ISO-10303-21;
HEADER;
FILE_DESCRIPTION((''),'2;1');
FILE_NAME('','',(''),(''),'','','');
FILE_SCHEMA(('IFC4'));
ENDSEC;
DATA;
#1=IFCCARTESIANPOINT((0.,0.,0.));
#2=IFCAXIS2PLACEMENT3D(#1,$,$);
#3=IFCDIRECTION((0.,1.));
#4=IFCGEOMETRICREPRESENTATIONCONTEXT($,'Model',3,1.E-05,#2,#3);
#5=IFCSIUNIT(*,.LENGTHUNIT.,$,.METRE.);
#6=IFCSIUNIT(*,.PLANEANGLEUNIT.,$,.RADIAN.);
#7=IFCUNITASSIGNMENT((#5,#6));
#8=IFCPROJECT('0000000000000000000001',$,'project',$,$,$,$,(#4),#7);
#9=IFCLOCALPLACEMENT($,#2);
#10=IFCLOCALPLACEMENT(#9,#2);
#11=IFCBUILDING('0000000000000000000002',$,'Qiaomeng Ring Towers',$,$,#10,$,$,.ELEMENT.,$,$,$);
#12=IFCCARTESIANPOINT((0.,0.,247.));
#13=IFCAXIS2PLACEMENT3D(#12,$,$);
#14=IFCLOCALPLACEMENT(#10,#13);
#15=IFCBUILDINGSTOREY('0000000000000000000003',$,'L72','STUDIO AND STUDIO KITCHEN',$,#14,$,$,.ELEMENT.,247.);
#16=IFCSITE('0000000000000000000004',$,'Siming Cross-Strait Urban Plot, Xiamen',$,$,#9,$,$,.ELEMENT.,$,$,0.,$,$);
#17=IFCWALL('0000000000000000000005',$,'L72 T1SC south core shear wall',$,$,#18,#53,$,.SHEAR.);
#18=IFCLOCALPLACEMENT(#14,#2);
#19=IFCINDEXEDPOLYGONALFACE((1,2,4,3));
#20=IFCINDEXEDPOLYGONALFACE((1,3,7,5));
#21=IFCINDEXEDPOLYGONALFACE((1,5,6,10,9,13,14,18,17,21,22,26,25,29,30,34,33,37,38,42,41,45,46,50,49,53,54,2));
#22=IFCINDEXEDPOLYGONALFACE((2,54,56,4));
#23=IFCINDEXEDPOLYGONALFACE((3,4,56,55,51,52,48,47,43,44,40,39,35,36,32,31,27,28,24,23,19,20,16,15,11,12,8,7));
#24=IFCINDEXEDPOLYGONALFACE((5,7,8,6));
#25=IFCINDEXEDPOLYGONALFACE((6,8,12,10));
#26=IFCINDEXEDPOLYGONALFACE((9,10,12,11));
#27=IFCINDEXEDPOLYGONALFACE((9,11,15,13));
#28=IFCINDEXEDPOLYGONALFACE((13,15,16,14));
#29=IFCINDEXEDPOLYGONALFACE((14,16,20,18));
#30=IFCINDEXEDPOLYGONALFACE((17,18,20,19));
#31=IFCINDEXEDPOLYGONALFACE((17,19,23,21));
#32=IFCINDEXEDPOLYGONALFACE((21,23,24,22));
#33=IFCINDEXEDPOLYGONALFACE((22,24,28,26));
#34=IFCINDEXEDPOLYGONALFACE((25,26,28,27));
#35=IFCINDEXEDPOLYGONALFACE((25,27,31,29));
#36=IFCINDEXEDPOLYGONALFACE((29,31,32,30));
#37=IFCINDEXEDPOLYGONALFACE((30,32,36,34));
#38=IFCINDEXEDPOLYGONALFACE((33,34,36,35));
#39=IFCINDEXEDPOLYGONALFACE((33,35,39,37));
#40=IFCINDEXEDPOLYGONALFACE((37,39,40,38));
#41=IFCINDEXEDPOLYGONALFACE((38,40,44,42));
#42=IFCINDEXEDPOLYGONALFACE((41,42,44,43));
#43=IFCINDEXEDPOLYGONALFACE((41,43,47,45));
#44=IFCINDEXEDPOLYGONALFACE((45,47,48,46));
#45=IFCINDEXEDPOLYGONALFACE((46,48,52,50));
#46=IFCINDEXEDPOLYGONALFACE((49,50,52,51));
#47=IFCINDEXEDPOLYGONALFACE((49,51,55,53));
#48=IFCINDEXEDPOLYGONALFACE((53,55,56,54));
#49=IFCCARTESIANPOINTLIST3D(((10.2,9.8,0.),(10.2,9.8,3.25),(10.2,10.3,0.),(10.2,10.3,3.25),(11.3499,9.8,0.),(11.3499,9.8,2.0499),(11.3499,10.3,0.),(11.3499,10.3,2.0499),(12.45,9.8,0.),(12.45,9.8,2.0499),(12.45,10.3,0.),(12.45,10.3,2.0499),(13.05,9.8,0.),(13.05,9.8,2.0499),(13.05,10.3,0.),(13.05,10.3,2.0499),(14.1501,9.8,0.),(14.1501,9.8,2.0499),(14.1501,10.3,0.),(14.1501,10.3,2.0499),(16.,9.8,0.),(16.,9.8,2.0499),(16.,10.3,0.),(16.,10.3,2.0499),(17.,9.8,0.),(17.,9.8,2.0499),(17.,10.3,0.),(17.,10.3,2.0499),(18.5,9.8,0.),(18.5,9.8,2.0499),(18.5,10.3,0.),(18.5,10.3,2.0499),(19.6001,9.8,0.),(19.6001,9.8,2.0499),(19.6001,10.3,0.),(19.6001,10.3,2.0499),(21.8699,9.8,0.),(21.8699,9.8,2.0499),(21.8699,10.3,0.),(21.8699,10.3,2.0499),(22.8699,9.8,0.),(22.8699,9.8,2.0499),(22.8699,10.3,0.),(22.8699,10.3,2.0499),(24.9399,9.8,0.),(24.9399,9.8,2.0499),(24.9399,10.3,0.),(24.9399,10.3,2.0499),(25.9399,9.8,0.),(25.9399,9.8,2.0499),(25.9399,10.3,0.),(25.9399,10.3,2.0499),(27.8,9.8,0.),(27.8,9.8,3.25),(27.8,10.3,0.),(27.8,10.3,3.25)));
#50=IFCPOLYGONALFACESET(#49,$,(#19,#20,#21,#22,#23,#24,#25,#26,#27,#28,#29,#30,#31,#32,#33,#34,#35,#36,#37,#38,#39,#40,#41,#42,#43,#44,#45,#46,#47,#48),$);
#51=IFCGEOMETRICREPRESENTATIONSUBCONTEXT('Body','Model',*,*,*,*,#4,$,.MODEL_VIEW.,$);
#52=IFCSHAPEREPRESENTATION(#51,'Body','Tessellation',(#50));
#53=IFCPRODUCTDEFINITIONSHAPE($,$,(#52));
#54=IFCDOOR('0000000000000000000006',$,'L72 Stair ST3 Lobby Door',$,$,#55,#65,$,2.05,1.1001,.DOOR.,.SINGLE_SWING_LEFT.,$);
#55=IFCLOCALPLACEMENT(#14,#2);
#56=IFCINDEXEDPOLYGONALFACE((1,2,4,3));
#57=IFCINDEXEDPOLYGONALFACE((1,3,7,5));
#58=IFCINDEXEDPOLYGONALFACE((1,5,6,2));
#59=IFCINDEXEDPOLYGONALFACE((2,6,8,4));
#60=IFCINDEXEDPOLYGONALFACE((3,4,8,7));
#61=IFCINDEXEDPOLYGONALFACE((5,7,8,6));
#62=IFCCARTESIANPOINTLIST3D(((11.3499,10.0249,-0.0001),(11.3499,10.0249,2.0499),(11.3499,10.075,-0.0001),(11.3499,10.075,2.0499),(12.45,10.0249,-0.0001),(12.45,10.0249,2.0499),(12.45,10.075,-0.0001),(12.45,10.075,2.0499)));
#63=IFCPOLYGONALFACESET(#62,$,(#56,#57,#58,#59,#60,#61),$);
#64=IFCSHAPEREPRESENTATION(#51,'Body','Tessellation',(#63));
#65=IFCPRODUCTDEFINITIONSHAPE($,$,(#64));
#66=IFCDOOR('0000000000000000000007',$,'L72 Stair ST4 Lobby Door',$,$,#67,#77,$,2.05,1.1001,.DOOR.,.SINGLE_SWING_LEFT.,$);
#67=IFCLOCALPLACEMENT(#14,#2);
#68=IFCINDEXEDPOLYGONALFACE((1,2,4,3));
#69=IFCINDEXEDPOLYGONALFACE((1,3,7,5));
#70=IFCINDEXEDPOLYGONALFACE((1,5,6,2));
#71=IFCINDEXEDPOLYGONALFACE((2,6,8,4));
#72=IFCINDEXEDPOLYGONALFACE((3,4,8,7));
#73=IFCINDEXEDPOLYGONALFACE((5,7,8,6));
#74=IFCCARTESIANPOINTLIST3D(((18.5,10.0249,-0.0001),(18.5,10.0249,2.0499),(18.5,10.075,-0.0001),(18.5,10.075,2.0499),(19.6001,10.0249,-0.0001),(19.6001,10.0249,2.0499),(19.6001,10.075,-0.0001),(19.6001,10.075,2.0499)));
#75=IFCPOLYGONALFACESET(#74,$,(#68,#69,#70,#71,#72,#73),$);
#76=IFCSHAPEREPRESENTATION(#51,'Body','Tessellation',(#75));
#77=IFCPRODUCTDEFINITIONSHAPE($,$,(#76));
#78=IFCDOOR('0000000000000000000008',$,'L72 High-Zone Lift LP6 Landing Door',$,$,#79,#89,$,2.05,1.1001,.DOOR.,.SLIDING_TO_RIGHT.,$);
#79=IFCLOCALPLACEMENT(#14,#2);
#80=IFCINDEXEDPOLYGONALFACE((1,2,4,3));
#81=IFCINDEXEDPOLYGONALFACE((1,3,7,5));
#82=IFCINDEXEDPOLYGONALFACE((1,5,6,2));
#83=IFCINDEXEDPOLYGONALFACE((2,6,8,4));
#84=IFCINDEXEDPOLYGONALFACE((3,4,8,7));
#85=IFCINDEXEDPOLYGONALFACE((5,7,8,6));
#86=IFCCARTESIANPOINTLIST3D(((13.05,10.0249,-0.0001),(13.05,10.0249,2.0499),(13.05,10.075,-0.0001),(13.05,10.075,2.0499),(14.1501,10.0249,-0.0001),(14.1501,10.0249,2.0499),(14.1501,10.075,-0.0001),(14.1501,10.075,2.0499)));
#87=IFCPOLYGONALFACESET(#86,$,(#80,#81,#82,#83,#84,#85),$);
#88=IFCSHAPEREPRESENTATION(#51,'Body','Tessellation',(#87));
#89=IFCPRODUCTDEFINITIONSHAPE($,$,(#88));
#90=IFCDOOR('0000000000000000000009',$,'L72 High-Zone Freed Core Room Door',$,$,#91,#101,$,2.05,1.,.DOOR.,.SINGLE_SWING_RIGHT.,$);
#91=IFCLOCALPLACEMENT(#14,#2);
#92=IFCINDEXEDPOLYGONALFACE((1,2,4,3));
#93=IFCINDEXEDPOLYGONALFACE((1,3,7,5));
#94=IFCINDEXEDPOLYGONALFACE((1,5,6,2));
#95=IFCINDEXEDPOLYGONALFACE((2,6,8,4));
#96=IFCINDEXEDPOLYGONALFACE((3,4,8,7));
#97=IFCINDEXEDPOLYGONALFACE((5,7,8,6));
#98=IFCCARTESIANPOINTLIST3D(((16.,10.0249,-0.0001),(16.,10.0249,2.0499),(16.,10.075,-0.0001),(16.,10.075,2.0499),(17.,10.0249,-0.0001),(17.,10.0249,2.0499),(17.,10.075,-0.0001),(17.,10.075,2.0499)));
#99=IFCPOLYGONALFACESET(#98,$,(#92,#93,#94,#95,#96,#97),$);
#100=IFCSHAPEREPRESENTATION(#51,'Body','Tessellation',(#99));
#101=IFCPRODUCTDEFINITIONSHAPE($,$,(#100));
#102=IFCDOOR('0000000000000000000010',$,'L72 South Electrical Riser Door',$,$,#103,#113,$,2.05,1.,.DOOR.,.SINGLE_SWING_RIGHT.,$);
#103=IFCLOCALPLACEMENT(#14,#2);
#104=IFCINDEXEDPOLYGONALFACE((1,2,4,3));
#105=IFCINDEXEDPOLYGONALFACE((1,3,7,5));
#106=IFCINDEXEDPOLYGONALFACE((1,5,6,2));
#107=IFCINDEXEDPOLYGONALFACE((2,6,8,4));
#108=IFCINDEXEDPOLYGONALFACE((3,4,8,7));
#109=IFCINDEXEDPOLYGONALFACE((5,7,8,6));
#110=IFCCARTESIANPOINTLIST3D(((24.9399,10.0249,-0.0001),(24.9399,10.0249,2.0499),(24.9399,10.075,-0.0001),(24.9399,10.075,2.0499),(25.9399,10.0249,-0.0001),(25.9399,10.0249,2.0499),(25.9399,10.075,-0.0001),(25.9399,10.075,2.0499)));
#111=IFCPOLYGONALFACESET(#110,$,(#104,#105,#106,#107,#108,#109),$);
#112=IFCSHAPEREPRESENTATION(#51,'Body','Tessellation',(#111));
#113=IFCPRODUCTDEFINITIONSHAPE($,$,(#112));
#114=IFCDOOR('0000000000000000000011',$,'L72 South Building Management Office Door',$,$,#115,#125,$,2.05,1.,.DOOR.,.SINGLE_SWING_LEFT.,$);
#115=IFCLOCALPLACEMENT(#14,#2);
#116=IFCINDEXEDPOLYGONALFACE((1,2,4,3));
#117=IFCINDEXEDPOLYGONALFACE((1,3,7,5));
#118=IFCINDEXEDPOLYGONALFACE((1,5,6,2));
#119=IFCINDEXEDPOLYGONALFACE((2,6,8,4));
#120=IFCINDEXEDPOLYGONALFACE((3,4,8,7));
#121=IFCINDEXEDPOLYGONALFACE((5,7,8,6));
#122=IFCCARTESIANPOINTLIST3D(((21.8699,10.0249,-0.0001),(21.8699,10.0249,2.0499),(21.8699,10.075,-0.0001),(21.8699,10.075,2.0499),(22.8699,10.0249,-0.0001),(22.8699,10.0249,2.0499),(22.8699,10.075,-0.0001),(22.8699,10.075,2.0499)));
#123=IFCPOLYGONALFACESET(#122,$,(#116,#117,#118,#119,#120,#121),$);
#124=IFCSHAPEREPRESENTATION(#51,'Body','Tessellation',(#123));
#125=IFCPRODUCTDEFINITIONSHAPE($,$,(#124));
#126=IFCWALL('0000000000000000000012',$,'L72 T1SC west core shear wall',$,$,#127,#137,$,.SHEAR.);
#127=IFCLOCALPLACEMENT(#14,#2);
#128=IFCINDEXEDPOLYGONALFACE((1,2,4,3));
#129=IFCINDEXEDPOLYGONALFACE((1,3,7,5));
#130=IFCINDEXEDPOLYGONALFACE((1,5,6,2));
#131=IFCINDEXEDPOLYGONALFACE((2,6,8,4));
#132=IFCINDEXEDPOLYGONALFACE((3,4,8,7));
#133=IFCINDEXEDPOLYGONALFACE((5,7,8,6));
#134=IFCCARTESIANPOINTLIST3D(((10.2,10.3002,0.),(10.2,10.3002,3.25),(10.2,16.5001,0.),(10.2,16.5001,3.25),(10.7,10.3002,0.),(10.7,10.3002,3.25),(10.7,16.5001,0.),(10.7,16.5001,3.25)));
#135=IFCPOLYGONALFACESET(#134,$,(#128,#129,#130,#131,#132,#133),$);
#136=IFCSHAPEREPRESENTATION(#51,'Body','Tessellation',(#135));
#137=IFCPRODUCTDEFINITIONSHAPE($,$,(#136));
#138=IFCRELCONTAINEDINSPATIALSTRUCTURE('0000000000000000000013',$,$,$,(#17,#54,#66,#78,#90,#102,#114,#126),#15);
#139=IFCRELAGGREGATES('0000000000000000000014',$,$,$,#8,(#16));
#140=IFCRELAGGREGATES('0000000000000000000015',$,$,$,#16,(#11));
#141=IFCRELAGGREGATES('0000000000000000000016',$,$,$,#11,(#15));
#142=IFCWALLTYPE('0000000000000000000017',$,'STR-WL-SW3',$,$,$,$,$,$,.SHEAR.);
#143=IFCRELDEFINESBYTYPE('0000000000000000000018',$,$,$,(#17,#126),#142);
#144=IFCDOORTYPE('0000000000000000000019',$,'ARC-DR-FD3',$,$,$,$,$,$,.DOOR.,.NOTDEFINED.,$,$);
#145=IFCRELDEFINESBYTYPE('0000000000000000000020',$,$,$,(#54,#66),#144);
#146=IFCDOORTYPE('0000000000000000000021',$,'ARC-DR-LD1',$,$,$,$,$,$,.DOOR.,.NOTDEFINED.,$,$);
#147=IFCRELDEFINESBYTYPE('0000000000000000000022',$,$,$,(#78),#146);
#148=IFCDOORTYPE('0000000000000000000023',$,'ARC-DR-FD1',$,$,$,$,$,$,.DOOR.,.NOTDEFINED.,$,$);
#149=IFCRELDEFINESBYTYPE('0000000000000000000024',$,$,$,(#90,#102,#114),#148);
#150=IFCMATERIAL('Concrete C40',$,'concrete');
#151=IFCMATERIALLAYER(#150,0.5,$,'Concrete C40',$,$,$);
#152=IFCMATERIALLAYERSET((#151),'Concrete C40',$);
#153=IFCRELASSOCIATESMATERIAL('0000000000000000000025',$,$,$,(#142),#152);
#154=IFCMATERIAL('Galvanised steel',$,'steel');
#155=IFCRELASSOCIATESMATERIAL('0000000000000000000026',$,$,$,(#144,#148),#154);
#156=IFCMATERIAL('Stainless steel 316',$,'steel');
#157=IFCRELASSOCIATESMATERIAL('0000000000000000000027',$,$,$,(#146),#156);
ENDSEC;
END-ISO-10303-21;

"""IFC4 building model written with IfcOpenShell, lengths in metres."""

from ifc_helpers import new_model, si_unit, direction, frame, frame_2d, origin, place, context, subcontext, project, spatial, rectangle, extrude, source, transform, mapped, material, layer, layer_set, type_object, element, fill, save


model = new_model("IFC4")

# Units and contexts
model_context = context("Model", 3, precision=1e-05, world=origin(), true_north=direction((0.0, 1.0)))
body_context = subcontext(model_context, "Body", "Model", "MODEL_VIEW")
ifc_project = project(units=[si_unit("LENGTHUNIT", "METRE"), si_unit("PLANEANGLEUNIT", "RADIAN")], contexts=[model_context])

# Site, building, storey
site_placement = place(None, origin())
site = spatial("IfcSite", under=ifc_project, at=site_placement, Name="Siming Cross-Strait Urban Plot, Xiamen", CompositionType="ELEMENT", RefElevation=0.0)
building_placement = place(site_placement, origin())
building = spatial("IfcBuilding", under=site, at=building_placement, Name="Qiaomeng Ring Towers", CompositionType="ELEMENT")
storey_placement = place(building_placement, frame((0.0, 0.0, 247.0)))
storey = spatial("IfcBuildingStorey", under=building, at=storey_placement, Name="L72", Description="STUDIO AND STUDIO KITCHEN", CompositionType="ELEMENT", Elevation=247.0)

# Shared definitions
ifc_material_1 = material(Name="Concrete C40", Category="concrete")

# Wall, openings, doors
ifc_layer_1 = layer(ifc_material_1, 0.5, Name="Concrete C40")
ifc_layer_set_1 = layer_set([ifc_layer_1], Name="Concrete C40")
wall_type_1 = type_object("IfcWallType", Name="STR-WL-SW3", PredefinedType="SHEAR", material=ifc_layer_set_1)
wall_1_placement = place(storey_placement, frame((10.2, 10.05, 0.0), z_axis=(0.0, 0.0, 1.0), x_axis=(1.0, 0.0, 0.0)))
wall_1 = element("IfcWall", 1, at=wall_1_placement, inside=storey, type_object=wall_type_1, Name="L72 T1SC south core shear wall", PredefinedType="SHEAR", context=body_context, shape_type="SweptSolid", body=[
    extrude(rectangle(XDim=17.6001, YDim=0.5, at=frame_2d((8.8, 0.0))), origin(), (0.0, 0.0, 1.0), 3.25),
])
opening_1_placement = place(wall_1_placement, frame((1.1499, 0.0, 0.0)))
opening_1 = element("IfcOpeningElement", 2, at=opening_1_placement, cuts=wall_1, PredefinedType="OPENING", context=body_context, shape_type="SweptSolid", body=[
    extrude(rectangle(XDim=1.1001, YDim=2.05, at=frame_2d((0.55, 1.0249))), frame((0.0, 0.26, 0.0), z_axis=(0.0, -1.0, 0.0), x_axis=(1.0, 0.0, 0.0)), (0.0, 0.0, 1.0), 0.52),
])
opening_2_placement = place(wall_1_placement, frame((8.3, 0.0, 0.0)))
opening_2 = element("IfcOpeningElement", 3, at=opening_2_placement, cuts=wall_1, PredefinedType="OPENING", context=body_context, shape_type="SweptSolid", body=[
    extrude(rectangle(XDim=1.1001, YDim=2.05, at=frame_2d((0.55, 1.0249))), frame((0.0, 0.26, 0.0), z_axis=(0.0, -1.0, 0.0), x_axis=(1.0, 0.0, 0.0)), (0.0, 0.0, 1.0), 0.52),
])
opening_3_placement = place(wall_1_placement, frame((2.8501, 0.0, 0.0)))
opening_3 = element("IfcOpeningElement", 4, at=opening_3_placement, cuts=wall_1, PredefinedType="OPENING", context=body_context, shape_type="SweptSolid", body=[
    extrude(rectangle(XDim=1.1001, YDim=2.05, at=frame_2d((0.55, 1.0249))), frame((0.0, 0.26, 0.0), z_axis=(0.0, -1.0, 0.0), x_axis=(1.0, 0.0, 0.0)), (0.0, 0.0, 1.0), 0.52),
])
opening_4_placement = place(wall_1_placement, frame((5.8, 0.0, 0.0)))
opening_4 = element("IfcOpeningElement", 5, at=opening_4_placement, cuts=wall_1, PredefinedType="OPENING", context=body_context, shape_type="SweptSolid", body=[
    extrude(rectangle(XDim=1.0, YDim=2.05, at=frame_2d((0.5, 1.0249))), frame((0.0, 0.26, 0.0), z_axis=(0.0, -1.0, 0.0), x_axis=(1.0, 0.0, 0.0)), (0.0, 0.0, 1.0), 0.52),
])
opening_5_placement = place(wall_1_placement, frame((14.74, 0.0, 0.0)))
opening_5 = element("IfcOpeningElement", 6, at=opening_5_placement, cuts=wall_1, PredefinedType="OPENING", context=body_context, shape_type="SweptSolid", body=[
    extrude(rectangle(XDim=1.0, YDim=2.05, at=frame_2d((0.5, 1.0249))), frame((0.0, 0.26, 0.0), z_axis=(0.0, -1.0, 0.0), x_axis=(1.0, 0.0, 0.0)), (0.0, 0.0, 1.0), 0.52),
])
opening_6_placement = place(wall_1_placement, frame((11.6699, 0.0, 0.0)))
opening_6 = element("IfcOpeningElement", 7, at=opening_6_placement, cuts=wall_1, PredefinedType="OPENING", context=body_context, shape_type="SweptSolid", body=[
    extrude(rectangle(XDim=1.0, YDim=2.05, at=frame_2d((0.5, 1.0249))), frame((0.0, 0.26, 0.0), z_axis=(0.0, -1.0, 0.0), x_axis=(1.0, 0.0, 0.0)), (0.0, 0.0, 1.0), 0.52),
])
ifc_material_2 = material(Name="Galvanised steel", Category="steel")
door_type_1 = type_object("IfcDoorType", Name="ARC-DR-FD3", OperationType="NOTDEFINED", PredefinedType="DOOR", material=ifc_material_2)
shared_shape_1 = source(origin(), body_context, "Body", "SweptSolid", [
    extrude(rectangle(XDim=1.1001, YDim=2.05, at=frame_2d((0.55, 1.0249))), frame((0.0, 0.0249, 0.0), z_axis=(0.0, -1.0, 0.0), x_axis=(1.0, 0.0, 0.0)), (0.0, 0.0, 1.0), 0.05),
])
door_1_placement = place(opening_1_placement, origin())
door_1 = element("IfcDoor", 8, at=door_1_placement, inside=storey, type_object=door_type_1, Name="L72 Stair ST3 Lobby Door", OperationType="SINGLE_SWING_LEFT", OverallHeight=2.05, OverallWidth=1.1001, PredefinedType="DOOR", context=body_context, shape_type="MappedRepresentation", body=[
    mapped(shared_shape_1, transform((0.0, 0.0, 0.0), x_axis=(1.0, 0.0, 0.0), y_axis=(0.0, 1.0, 0.0), z_axis=(0.0, 0.0, 1.0), scale=1.0)),
])
fill(opening_1, door_1)
door_2_placement = place(opening_2_placement, origin())
door_2 = element("IfcDoor", 9, at=door_2_placement, inside=storey, type_object=door_type_1, Name="L72 Stair ST4 Lobby Door", OperationType="SINGLE_SWING_LEFT", OverallHeight=2.05, OverallWidth=1.1001, PredefinedType="DOOR", context=body_context, shape_type="MappedRepresentation", body=[
    mapped(shared_shape_1, transform((0.0, 0.0, 0.0), x_axis=(1.0, 0.0, 0.0), y_axis=(0.0, 1.0, 0.0), z_axis=(0.0, 0.0, 1.0), scale=1.0)),
])
fill(opening_2, door_2)
ifc_material_3 = material(Name="Stainless steel 316", Category="steel")
door_type_2 = type_object("IfcDoorType", Name="ARC-DR-LD1", OperationType="NOTDEFINED", PredefinedType="DOOR", material=ifc_material_3)
door_3_placement = place(opening_3_placement, origin())
door_3 = element("IfcDoor", 10, at=door_3_placement, inside=storey, type_object=door_type_2, Name="L72 High-Zone Lift LP6 Landing Door", OperationType="SLIDING_TO_RIGHT", OverallHeight=2.05, OverallWidth=1.1001, PredefinedType="DOOR", context=body_context, shape_type="MappedRepresentation", body=[
    mapped(shared_shape_1, transform((0.0, 0.0, 0.0), x_axis=(1.0, 0.0, 0.0), y_axis=(0.0, 1.0, 0.0), z_axis=(0.0, 0.0, 1.0), scale=1.0)),
])
fill(opening_3, door_3)
door_type_3 = type_object("IfcDoorType", Name="ARC-DR-FD1", OperationType="NOTDEFINED", PredefinedType="DOOR", material=ifc_material_2)
shared_shape_2 = source(origin(), body_context, "Body", "SweptSolid", [
    extrude(rectangle(XDim=1.0, YDim=2.05, at=frame_2d((0.5, 1.0249))), frame((0.0, 0.0249, 0.0), z_axis=(0.0, -1.0, 0.0), x_axis=(1.0, 0.0, 0.0)), (0.0, 0.0, 1.0), 0.05),
])
door_4_placement = place(opening_4_placement, origin())
door_4 = element("IfcDoor", 11, at=door_4_placement, inside=storey, type_object=door_type_3, Name="L72 High-Zone Freed Core Room Door", OperationType="SINGLE_SWING_RIGHT", OverallHeight=2.05, OverallWidth=1.0, PredefinedType="DOOR", context=body_context, shape_type="MappedRepresentation", body=[
    mapped(shared_shape_2, transform((0.0, 0.0, 0.0), x_axis=(1.0, 0.0, 0.0), y_axis=(0.0, 1.0, 0.0), z_axis=(0.0, 0.0, 1.0), scale=1.0)),
])
fill(opening_4, door_4)
door_5_placement = place(opening_5_placement, origin())
door_5 = element("IfcDoor", 12, at=door_5_placement, inside=storey, type_object=door_type_3, Name="L72 South Electrical Riser Door", OperationType="SINGLE_SWING_RIGHT", OverallHeight=2.05, OverallWidth=1.0, PredefinedType="DOOR", context=body_context, shape_type="MappedRepresentation", body=[
    mapped(shared_shape_2, transform((0.0, 0.0, 0.0), x_axis=(1.0, 0.0, 0.0), y_axis=(0.0, 1.0, 0.0), z_axis=(0.0, 0.0, 1.0), scale=1.0)),
])
fill(opening_5, door_5)
door_6_placement = place(opening_6_placement, origin())
door_6 = element("IfcDoor", 13, at=door_6_placement, inside=storey, type_object=door_type_3, Name="L72 South Building Management Office Door", OperationType="SINGLE_SWING_LEFT", OverallHeight=2.05, OverallWidth=1.0, PredefinedType="DOOR", context=body_context, shape_type="MappedRepresentation", body=[
    mapped(shared_shape_2, transform((0.0, 0.0, 0.0), x_axis=(1.0, 0.0, 0.0), y_axis=(0.0, 1.0, 0.0), z_axis=(0.0, 0.0, 1.0), scale=1.0)),
])
fill(opening_6, door_6)

# Wall
wall_2_placement = place(storey_placement, frame((10.45, 10.3, 0.0), z_axis=(0.0, 0.0, 1.0), x_axis=(0.0, 1.0, 0.0)))
element("IfcWall", 14, at=wall_2_placement, inside=storey, type_object=wall_type_1, Name="L72 T1SC west core shear wall", PredefinedType="SHEAR", context=body_context, shape_type="SweptSolid", body=[
    extrude(rectangle(XDim=6.2, YDim=0.5, at=frame_2d((3.1001, 0.0))), origin(), (0.0, 0.0, 1.0), 3.25),
])

save(model, "model.ifc")
